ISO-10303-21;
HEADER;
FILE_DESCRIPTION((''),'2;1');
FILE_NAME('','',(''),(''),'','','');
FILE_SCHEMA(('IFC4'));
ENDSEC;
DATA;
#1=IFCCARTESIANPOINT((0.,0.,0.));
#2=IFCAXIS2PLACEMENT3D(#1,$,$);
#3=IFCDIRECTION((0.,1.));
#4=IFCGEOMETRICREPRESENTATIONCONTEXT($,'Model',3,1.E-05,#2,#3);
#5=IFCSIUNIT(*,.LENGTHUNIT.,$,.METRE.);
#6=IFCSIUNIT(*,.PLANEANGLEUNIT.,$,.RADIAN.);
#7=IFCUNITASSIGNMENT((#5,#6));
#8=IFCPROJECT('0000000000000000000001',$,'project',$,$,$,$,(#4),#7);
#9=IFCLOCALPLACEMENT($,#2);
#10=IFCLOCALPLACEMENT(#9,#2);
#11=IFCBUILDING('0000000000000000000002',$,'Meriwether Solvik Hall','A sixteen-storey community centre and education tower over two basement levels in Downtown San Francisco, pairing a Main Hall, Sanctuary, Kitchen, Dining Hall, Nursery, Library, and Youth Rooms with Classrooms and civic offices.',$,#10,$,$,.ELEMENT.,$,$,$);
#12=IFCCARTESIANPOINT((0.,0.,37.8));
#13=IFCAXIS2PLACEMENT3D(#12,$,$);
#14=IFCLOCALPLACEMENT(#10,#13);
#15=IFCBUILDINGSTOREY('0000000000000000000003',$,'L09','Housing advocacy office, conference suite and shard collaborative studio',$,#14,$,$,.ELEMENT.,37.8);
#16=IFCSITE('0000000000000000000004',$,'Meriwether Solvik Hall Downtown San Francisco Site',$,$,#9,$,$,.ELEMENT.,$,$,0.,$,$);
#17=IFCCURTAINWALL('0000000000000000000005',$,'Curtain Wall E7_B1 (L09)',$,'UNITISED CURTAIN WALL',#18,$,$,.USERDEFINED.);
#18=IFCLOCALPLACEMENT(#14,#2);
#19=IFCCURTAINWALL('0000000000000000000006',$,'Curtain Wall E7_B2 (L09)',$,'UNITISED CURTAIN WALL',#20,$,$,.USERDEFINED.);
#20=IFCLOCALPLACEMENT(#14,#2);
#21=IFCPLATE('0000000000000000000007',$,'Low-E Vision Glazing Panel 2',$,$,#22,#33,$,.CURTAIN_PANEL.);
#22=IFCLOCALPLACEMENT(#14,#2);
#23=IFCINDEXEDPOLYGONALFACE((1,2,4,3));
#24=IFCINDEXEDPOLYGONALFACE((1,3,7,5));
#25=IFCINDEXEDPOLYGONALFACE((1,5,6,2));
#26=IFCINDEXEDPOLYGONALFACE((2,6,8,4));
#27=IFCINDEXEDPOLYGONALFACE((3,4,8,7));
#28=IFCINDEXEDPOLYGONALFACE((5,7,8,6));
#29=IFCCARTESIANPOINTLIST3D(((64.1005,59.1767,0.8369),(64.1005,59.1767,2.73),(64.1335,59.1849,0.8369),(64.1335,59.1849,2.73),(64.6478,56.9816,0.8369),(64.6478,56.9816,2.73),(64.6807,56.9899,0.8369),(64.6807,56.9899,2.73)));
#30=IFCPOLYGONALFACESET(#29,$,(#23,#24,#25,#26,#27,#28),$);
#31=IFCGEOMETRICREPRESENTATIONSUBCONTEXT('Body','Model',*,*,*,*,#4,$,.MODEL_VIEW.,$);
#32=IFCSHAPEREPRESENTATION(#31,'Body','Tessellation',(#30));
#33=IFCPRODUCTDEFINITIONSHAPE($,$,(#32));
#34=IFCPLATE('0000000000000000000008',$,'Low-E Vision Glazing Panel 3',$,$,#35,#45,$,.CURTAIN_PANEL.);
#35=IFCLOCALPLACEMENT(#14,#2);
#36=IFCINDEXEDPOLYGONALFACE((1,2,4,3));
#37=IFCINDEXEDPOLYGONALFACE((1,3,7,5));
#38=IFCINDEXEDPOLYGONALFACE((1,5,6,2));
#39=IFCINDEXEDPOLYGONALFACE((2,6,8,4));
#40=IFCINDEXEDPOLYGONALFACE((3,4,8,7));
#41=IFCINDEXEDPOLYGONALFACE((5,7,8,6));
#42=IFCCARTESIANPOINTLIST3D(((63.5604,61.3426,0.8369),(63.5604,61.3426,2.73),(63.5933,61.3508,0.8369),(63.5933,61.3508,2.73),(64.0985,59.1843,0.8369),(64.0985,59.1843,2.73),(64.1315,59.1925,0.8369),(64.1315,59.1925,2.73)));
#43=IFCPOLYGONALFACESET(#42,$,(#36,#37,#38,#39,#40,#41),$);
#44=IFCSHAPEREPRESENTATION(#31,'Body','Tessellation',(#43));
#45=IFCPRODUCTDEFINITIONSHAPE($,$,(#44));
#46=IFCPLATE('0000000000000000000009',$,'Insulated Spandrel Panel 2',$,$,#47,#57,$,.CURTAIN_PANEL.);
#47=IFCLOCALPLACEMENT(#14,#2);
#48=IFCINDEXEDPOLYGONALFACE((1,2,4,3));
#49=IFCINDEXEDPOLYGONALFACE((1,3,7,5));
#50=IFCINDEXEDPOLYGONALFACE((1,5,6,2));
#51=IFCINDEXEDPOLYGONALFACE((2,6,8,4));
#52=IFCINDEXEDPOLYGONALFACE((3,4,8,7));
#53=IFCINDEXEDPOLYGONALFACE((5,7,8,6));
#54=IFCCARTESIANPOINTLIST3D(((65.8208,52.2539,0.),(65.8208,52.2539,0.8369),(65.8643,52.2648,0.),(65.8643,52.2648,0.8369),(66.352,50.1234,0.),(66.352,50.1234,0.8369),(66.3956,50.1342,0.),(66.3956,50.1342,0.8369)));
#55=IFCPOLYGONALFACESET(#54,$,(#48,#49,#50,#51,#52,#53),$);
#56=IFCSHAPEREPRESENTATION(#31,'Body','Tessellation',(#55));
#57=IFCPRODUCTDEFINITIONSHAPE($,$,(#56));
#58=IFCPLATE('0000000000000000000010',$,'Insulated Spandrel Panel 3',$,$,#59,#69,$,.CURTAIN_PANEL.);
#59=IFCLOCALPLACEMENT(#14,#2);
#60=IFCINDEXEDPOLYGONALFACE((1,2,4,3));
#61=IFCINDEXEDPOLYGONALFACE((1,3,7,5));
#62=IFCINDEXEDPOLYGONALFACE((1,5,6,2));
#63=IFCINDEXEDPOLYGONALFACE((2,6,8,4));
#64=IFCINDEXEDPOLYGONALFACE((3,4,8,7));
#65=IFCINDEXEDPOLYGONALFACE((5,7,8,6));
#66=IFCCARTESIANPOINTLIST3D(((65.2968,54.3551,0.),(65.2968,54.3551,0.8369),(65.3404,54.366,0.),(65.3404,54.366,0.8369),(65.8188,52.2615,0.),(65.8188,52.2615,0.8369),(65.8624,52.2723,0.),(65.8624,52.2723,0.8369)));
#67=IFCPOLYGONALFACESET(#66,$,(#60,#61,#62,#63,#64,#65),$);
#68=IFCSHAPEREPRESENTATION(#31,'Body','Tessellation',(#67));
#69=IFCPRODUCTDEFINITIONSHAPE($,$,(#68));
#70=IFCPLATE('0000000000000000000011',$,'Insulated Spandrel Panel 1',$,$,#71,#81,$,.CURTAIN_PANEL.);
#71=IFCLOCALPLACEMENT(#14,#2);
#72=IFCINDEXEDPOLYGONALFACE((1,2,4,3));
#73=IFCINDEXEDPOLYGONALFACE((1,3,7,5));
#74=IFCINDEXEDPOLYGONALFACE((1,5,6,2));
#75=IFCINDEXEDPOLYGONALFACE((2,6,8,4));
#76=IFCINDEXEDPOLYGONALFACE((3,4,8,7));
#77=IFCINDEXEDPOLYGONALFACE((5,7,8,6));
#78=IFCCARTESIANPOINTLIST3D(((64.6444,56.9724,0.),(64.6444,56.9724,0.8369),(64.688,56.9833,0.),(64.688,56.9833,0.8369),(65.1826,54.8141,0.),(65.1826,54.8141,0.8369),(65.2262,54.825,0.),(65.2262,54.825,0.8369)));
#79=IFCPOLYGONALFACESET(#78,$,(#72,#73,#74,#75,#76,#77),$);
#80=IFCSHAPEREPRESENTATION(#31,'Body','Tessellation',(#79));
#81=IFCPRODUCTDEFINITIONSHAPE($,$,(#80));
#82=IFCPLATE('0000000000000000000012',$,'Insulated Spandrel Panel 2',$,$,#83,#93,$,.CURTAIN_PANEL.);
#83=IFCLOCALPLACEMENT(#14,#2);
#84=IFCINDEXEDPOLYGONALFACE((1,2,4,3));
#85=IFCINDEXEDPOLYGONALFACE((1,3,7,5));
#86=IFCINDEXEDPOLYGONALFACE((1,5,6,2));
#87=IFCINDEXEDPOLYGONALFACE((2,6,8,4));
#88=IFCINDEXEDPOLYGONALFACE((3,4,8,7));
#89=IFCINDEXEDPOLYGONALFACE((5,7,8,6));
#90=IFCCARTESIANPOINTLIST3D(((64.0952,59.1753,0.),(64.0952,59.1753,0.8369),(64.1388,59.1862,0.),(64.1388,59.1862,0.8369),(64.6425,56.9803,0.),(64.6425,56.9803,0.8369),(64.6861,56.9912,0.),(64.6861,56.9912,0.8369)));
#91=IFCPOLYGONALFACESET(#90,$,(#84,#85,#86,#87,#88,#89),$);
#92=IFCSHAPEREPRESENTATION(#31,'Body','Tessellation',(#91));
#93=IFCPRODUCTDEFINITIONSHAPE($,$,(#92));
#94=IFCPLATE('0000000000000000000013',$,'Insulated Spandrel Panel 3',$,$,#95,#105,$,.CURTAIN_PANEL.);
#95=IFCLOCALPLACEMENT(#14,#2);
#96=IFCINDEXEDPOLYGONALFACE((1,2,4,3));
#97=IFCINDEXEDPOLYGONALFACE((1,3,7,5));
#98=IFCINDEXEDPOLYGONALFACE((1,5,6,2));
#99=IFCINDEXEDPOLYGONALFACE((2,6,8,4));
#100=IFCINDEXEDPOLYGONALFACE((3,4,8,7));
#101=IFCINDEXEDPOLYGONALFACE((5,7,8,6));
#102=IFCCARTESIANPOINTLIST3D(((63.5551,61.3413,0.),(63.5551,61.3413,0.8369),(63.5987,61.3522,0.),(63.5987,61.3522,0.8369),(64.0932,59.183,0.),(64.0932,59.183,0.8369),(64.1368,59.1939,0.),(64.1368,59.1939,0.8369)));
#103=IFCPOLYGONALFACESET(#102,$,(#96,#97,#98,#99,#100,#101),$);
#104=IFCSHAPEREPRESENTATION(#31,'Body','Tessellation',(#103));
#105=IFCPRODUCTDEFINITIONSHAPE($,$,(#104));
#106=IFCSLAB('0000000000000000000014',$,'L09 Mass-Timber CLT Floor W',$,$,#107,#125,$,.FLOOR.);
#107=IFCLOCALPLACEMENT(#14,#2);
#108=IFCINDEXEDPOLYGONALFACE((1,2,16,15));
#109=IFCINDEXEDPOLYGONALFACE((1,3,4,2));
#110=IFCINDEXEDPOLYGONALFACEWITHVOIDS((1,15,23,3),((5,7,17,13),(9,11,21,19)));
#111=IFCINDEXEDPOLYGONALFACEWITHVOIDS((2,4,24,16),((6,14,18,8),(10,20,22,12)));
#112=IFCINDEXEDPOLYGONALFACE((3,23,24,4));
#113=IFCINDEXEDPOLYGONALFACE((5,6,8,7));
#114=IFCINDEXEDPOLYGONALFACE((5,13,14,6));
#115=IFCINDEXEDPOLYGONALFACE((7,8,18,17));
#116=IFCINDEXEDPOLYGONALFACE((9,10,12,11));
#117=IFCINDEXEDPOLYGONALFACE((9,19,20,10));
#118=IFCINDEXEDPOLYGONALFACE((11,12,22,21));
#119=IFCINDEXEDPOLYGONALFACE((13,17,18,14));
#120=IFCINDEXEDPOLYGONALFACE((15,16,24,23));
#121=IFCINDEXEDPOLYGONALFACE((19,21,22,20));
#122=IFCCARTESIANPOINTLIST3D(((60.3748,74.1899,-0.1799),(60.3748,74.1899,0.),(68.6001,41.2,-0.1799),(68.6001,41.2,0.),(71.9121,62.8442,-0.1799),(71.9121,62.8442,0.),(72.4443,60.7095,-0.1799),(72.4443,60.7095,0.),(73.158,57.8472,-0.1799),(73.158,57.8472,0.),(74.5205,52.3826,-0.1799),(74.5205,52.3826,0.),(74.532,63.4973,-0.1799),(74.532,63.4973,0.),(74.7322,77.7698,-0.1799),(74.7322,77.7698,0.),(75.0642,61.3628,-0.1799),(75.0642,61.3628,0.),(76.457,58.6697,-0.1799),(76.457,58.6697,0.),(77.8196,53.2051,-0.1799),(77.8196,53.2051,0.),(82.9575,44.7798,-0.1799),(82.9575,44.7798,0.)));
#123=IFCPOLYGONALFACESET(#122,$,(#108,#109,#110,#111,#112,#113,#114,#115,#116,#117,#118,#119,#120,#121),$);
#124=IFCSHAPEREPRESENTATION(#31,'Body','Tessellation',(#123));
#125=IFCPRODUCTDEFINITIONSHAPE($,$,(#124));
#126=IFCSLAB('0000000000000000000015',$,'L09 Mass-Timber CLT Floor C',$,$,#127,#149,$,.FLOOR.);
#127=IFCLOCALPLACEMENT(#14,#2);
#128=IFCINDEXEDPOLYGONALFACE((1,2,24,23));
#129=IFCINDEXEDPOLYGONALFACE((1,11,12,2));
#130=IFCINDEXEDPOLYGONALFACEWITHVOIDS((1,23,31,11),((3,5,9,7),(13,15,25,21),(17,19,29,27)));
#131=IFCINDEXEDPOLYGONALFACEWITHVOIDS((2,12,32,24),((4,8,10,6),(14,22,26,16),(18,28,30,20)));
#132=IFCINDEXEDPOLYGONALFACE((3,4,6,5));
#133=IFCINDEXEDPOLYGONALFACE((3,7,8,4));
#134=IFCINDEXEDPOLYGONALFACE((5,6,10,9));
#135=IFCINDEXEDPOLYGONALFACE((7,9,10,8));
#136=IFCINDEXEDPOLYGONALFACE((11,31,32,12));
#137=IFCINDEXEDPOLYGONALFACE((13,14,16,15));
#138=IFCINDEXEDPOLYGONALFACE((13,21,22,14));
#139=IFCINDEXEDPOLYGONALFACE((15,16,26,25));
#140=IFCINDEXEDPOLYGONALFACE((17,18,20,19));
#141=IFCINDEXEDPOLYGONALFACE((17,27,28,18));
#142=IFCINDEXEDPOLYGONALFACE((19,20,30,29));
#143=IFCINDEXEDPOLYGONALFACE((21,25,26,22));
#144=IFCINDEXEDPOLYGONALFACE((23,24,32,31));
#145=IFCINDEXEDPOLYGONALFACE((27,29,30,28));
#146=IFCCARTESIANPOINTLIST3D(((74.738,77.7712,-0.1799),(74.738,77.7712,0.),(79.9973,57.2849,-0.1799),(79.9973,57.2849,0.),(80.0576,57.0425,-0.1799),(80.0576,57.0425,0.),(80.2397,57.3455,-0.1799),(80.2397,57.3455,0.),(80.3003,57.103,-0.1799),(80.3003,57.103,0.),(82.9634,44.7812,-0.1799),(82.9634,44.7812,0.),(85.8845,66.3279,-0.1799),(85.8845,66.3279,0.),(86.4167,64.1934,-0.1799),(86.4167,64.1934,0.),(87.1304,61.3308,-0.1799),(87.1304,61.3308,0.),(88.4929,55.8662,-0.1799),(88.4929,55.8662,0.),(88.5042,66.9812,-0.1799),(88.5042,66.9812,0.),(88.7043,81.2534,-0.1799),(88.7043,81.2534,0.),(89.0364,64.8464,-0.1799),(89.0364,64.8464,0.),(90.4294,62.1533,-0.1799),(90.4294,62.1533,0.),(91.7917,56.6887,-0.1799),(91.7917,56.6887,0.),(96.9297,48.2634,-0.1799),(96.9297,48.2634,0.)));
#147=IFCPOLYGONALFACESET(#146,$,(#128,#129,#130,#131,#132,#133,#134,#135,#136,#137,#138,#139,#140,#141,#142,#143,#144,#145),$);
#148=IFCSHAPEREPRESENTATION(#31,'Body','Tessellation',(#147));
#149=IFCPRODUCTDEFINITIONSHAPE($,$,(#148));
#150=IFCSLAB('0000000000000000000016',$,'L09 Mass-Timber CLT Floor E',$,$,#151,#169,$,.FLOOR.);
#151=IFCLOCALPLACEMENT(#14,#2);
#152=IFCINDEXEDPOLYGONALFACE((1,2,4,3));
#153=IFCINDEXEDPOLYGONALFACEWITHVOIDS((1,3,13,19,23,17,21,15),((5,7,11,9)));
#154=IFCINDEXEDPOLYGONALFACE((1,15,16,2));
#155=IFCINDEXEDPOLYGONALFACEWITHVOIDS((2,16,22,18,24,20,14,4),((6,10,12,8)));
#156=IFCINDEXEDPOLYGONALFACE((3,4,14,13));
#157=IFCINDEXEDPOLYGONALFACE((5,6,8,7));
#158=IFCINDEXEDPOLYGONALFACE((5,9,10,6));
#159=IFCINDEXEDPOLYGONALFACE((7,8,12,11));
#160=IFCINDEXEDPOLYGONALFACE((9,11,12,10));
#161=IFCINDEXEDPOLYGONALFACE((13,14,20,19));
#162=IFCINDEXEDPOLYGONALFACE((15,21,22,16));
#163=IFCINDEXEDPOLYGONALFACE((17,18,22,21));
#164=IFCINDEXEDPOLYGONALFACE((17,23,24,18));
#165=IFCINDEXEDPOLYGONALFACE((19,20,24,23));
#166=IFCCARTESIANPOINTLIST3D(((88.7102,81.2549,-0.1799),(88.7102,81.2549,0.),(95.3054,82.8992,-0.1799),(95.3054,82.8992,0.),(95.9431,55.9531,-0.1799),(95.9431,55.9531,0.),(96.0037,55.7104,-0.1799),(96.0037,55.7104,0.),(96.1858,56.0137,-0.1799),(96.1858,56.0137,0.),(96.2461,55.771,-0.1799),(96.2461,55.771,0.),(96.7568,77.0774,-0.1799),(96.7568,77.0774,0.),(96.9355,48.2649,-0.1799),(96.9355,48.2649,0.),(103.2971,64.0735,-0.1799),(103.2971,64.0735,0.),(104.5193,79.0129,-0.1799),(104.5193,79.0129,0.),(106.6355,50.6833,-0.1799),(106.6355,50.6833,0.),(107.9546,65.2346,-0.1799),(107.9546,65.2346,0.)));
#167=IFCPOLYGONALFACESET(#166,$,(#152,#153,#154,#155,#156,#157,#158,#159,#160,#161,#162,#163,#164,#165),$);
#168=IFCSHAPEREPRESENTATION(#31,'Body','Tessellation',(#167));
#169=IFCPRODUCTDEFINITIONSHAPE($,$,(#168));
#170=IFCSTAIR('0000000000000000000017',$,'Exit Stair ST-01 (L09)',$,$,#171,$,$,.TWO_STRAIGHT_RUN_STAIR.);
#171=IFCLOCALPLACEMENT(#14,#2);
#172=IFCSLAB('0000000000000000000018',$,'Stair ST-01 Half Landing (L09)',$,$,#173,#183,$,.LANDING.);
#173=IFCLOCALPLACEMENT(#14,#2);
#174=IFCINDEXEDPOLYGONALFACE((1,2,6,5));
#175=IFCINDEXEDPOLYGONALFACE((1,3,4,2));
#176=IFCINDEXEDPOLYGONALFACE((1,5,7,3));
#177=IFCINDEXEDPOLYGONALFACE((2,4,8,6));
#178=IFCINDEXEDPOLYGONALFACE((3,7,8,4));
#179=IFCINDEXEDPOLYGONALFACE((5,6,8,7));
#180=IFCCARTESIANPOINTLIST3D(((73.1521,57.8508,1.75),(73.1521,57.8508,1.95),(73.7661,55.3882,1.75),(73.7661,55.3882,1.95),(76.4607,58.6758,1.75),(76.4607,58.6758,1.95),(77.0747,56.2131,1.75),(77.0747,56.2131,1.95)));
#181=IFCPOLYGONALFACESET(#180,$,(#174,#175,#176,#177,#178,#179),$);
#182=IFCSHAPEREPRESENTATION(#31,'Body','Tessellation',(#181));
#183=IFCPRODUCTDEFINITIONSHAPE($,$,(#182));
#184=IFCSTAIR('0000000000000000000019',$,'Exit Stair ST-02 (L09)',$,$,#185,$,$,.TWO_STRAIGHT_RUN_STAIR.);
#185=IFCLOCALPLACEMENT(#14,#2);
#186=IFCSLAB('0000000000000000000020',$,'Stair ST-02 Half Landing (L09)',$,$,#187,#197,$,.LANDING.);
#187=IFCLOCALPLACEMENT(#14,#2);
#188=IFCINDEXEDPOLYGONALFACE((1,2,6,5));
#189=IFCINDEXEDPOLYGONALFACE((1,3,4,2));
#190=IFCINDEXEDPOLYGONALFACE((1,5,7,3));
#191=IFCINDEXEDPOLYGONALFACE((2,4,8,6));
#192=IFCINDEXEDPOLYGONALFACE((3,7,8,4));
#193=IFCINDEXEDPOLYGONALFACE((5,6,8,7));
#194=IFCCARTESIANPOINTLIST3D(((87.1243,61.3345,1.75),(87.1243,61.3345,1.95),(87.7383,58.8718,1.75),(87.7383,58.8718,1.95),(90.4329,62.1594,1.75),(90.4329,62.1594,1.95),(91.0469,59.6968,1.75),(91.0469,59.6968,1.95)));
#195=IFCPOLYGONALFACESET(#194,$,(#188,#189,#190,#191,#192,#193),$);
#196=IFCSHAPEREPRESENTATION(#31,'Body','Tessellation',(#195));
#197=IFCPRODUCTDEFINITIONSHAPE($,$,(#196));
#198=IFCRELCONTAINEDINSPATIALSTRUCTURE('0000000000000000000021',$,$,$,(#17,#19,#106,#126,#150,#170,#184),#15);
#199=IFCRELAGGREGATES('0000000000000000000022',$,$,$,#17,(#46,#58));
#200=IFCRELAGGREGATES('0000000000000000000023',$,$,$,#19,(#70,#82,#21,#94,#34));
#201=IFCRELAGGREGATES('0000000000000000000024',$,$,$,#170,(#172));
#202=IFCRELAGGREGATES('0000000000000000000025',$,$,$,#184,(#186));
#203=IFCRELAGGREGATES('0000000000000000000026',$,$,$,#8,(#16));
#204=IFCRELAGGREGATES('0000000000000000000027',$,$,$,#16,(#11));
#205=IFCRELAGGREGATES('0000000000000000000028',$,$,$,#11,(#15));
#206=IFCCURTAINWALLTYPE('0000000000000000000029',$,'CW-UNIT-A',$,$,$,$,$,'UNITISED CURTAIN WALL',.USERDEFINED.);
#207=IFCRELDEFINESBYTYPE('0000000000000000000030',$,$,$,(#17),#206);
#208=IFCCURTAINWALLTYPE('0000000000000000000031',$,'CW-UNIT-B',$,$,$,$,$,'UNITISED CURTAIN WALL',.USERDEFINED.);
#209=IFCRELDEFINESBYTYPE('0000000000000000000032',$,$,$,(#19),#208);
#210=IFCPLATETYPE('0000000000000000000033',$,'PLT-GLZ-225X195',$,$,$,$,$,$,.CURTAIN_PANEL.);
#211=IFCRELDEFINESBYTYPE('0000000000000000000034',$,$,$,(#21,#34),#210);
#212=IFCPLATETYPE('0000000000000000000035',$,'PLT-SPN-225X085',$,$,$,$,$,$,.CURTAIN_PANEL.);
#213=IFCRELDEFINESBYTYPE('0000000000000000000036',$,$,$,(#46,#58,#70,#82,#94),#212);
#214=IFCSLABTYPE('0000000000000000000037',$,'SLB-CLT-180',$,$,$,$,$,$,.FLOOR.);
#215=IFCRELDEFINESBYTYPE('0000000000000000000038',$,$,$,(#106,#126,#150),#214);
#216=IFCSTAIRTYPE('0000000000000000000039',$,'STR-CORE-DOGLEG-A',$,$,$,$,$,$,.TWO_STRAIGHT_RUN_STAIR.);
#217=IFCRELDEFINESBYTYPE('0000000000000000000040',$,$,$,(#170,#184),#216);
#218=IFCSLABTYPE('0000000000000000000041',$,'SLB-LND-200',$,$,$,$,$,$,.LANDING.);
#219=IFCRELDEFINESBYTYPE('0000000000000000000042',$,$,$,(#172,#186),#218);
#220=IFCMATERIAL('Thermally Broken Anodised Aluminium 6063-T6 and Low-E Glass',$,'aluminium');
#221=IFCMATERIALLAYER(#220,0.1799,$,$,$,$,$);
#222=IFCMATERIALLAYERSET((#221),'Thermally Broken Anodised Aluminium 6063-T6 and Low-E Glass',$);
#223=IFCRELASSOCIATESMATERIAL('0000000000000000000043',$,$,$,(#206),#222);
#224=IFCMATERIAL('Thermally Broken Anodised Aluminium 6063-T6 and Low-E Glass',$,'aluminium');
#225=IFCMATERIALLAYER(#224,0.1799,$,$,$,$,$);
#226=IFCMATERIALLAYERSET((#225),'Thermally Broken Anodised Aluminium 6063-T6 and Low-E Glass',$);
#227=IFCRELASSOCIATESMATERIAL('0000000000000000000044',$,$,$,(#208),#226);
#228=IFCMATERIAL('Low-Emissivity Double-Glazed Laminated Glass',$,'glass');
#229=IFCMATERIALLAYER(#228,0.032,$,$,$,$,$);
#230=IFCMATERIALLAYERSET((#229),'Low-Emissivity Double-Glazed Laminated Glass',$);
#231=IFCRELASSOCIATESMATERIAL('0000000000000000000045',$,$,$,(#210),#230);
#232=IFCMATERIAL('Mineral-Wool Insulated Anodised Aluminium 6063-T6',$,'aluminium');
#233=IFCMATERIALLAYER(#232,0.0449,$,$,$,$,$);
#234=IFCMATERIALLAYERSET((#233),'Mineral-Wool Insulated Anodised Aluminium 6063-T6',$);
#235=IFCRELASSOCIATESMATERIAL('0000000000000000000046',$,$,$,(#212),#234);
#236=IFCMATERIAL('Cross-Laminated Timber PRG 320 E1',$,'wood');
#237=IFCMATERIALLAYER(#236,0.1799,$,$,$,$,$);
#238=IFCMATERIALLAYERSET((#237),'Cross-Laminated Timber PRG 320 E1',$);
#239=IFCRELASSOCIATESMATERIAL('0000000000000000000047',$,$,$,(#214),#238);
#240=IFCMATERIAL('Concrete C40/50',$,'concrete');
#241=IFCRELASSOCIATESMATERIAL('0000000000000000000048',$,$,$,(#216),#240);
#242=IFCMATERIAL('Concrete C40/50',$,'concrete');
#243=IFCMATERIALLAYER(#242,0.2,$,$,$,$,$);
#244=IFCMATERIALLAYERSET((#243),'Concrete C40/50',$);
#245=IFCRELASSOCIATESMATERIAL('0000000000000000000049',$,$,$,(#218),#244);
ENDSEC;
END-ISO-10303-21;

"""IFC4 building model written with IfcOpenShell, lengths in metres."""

from ifc_helpers import new_model, si_unit, direction, frame, origin, origin_2d, place, context, subcontext, project, spatial, polyline, rectangle, outline, extrude, material, layer, layer_set, type_object, element, aggregate, save


model = new_model("IFC4")

# Units and contexts
model_context = context("Model", 3, precision=1e-05, world=origin(), true_north=direction((0.0, 1.0)))
body_context = subcontext(model_context, "Body", "Model", "MODEL_VIEW")
ifc_project = project(units=[si_unit("LENGTHUNIT", "METRE"), si_unit("PLANEANGLEUNIT", "RADIAN")], contexts=[model_context])

# Site, building, storey
site_placement = place(None, origin())
site = spatial("IfcSite", under=ifc_project, at=site_placement, Name="Meriwether Solvik Hall Downtown San Francisco Site", CompositionType="ELEMENT", RefElevation=0.0)
building_placement = place(site_placement, origin())
building = spatial("IfcBuilding", under=site, at=building_placement, Name="Meriwether Solvik Hall", Description="A sixteen-storey community centre and education tower over two basement levels in Downtown San Francisco, pairing a Main Hall, Sanctuary, Kitchen, Dining Hall, Nursery, Library, and Youth Rooms with Classrooms and civic offices.", CompositionType="ELEMENT")
storey_placement = place(building_placement, frame((0.0, 0.0, 37.8)))
storey = spatial("IfcBuildingStorey", under=building, at=storey_placement, Name="L09", Description="Housing advocacy office, conference suite and shard collaborative studio", CompositionType="ELEMENT", Elevation=37.8)

# Curtain walls
ifc_material_1 = material(Name="Thermally Broken Anodised Aluminium 6063-T6 and Low-E Glass", Category="aluminium")
ifc_layer_1 = layer(ifc_material_1, 0.1799)
ifc_layer_set_1 = layer_set([ifc_layer_1], Name="Thermally Broken Anodised Aluminium 6063-T6 and Low-E Glass")
curtain_wall_type_1 = type_object("IfcCurtainWallType", Name="CW-UNIT-A", ElementType="UNITISED CURTAIN WALL", PredefinedType="USERDEFINED", material=ifc_layer_set_1)
curtain_wall_1_placement = place(storey_placement, origin())
curtain_wall_1 = element("IfcCurtainWall", 1, at=curtain_wall_1_placement, inside=storey, type_object=curtain_wall_type_1, Name="Curtain Wall E7_B1 (L09)", ObjectType="UNITISED CURTAIN WALL", PredefinedType="USERDEFINED")
ifc_material_2 = material(Name="Thermally Broken Anodised Aluminium 6063-T6 and Low-E Glass", Category="aluminium")
ifc_layer_2 = layer(ifc_material_2, 0.1799)
ifc_layer_set_2 = layer_set([ifc_layer_2], Name="Thermally Broken Anodised Aluminium 6063-T6 and Low-E Glass")
curtain_wall_type_2 = type_object("IfcCurtainWallType", Name="CW-UNIT-B", ElementType="UNITISED CURTAIN WALL", PredefinedType="USERDEFINED", material=ifc_layer_set_2)
curtain_wall_2_placement = place(storey_placement, origin())
curtain_wall_2 = element("IfcCurtainWall", 2, at=curtain_wall_2_placement, inside=storey, type_object=curtain_wall_type_2, Name="Curtain Wall E7_B2 (L09)", ObjectType="UNITISED CURTAIN WALL", PredefinedType="USERDEFINED")

# Plates
ifc_material_3 = material(Name="Low-Emissivity Double-Glazed Laminated Glass", Category="glass")
ifc_layer_3 = layer(ifc_material_3, 0.032)
ifc_layer_set_3 = layer_set([ifc_layer_3], Name="Low-Emissivity Double-Glazed Laminated Glass")
plate_type_1 = type_object("IfcPlateType", Name="PLT-GLZ-225X195", PredefinedType="CURTAIN_PANEL", material=ifc_layer_set_3)
plate_1_placement = place(storey_placement, frame((64.3906, 58.0833, 0.8369), z_axis=(0.0, 0.0, 1.0), x_axis=(-0.241922, 0.970296, 0.0)))
plate_1 = element("IfcPlate", 3, at=plate_1_placement, type_object=plate_type_1, Name="Low-E Vision Glazing Panel 2", PredefinedType="CURTAIN_PANEL", context=body_context, shape_type="SweptSolid", body=[
    extrude(rectangle(XDim=2.2622, YDim=0.0339, at=origin_2d()), origin(), (0.0, 0.0, 1.0), 1.8931),
])
plate_2_placement = place(storey_placement, frame((63.8459, 60.2676, 0.8369), z_axis=(0.0, 0.0, 1.0), x_axis=(-0.241922, 0.970296, 0.0)))
plate_2 = element("IfcPlate", 4, at=plate_2_placement, type_object=plate_type_1, Name="Low-E Vision Glazing Panel 3", PredefinedType="CURTAIN_PANEL", context=body_context, shape_type="SweptSolid", body=[
    extrude(rectangle(XDim=2.2244, YDim=0.0339, at=origin_2d()), origin(), (0.0, 0.0, 1.0), 1.8931),
])
ifc_material_4 = material(Name="Mineral-Wool Insulated Anodised Aluminium 6063-T6", Category="aluminium")
ifc_layer_4 = layer(ifc_material_4, 0.0449)
ifc_layer_set_4 = layer_set([ifc_layer_4], Name="Mineral-Wool Insulated Anodised Aluminium 6063-T6")
plate_type_2 = type_object("IfcPlateType", Name="PLT-SPN-225X085", PredefinedType="CURTAIN_PANEL", material=ifc_layer_set_4)
plate_3_placement = place(storey_placement, frame((66.1082, 51.1941, 0.0), z_axis=(0.0, 0.0, 1.0), x_axis=(-0.241922, 0.970296, 0.0)))
plate_3 = element("IfcPlate", 5, at=plate_3_placement, type_object=plate_type_2, Name="Insulated Spandrel Panel 2", PredefinedType="CURTAIN_PANEL", context=body_context, shape_type="SweptSolid", body=[
    extrude(rectangle(XDim=2.1958, YDim=0.0449, at=origin_2d()), origin(), (0.0, 0.0, 1.0), 0.8369),
])
plate_4_placement = place(storey_placement, frame((65.5796, 53.3137, 0.0), z_axis=(0.0, 0.0, 1.0), x_axis=(-0.241922, 0.970296, 0.0)))
plate_4 = element("IfcPlate", 6, at=plate_4_placement, type_object=plate_type_2, Name="Insulated Spandrel Panel 3", PredefinedType="CURTAIN_PANEL", context=body_context, shape_type="SweptSolid", body=[
    extrude(rectangle(XDim=2.1577, YDim=0.0449, at=origin_2d()), origin(), (0.0, 0.0, 1.0), 0.8369),
])
aggregate(curtain_wall_1, [plate_3, plate_4])
plate_5_placement = place(storey_placement, frame((64.9353, 55.8987, 0.0), z_axis=(0.0, 0.0, 1.0), x_axis=(-0.241922, 0.970296, 0.0)))
plate_5 = element("IfcPlate", 7, at=plate_5_placement, type_object=plate_type_2, Name="Insulated Spandrel Panel 1", PredefinedType="CURTAIN_PANEL", context=body_context, shape_type="SweptSolid", body=[
    extrude(rectangle(XDim=2.2244, YDim=0.0449, at=origin_2d()), origin(), (0.0, 0.0, 1.0), 0.8369),
])
plate_6_placement = place(storey_placement, frame((64.3906, 58.0833, 0.0), z_axis=(0.0, 0.0, 1.0), x_axis=(-0.241922, 0.970296, 0.0)))
plate_6 = element("IfcPlate", 8, at=plate_6_placement, type_object=plate_type_2, Name="Insulated Spandrel Panel 2", PredefinedType="CURTAIN_PANEL", context=body_context, shape_type="SweptSolid", body=[
    extrude(rectangle(XDim=2.2622, YDim=0.0449, at=origin_2d()), origin(), (0.0, 0.0, 1.0), 0.8369),
])
plate_7_placement = place(storey_placement, frame((63.8459, 60.2676, 0.0), z_axis=(0.0, 0.0, 1.0), x_axis=(-0.241922, 0.970296, 0.0)))
plate_7 = element("IfcPlate", 9, at=plate_7_placement, type_object=plate_type_2, Name="Insulated Spandrel Panel 3", PredefinedType="CURTAIN_PANEL", context=body_context, shape_type="SweptSolid", body=[
    extrude(rectangle(XDim=2.2244, YDim=0.0449, at=origin_2d()), origin(), (0.0, 0.0, 1.0), 0.8369),
])
aggregate(curtain_wall_2, [plate_5, plate_6, plate_1, plate_7, plate_2])

# Slabs
ifc_material_5 = material(Name="Cross-Laminated Timber PRG 320 E1", Category="wood")
ifc_layer_5 = layer(ifc_material_5, 0.1799)
ifc_layer_set_5 = layer_set([ifc_layer_5], Name="Cross-Laminated Timber PRG 320 E1")
slab_type_1 = type_object("IfcSlabType", Name="SLB-CLT-180", PredefinedType="FLOOR", material=ifc_layer_set_5)
slab_1_placement = place(storey_placement, frame((0.0, 0.0, -0.1799)))
element("IfcSlab", 10, at=slab_1_placement, inside=storey, type_object=slab_type_1, Name="L09 Mass-Timber CLT Floor W", PredefinedType="FLOOR", context=body_context, shape_type="SweptSolid", body=[
    extrude(outline(polyline([(74.7322, 77.7698), (82.9575, 44.7798), (68.6001, 41.2), (60.3748, 74.1899), (74.7322, 77.7698)]), holes=[polyline([(74.5205, 52.3826), (77.8196, 53.2051), (76.457, 58.6697), (73.158, 57.8472), (74.5205, 52.3826)]), polyline([(71.9121, 62.8442), (72.4443, 60.7095), (75.0642, 61.3628), (74.532, 63.4973), (71.9121, 62.8442)])]), origin(), (0.0, 0.0, 1.0), 0.1799),
])
slab_2_placement = place(storey_placement, frame((0.0, 0.0, -0.1799)))
element("IfcSlab", 11, at=slab_2_placement, inside=storey, type_object=slab_type_1, Name="L09 Mass-Timber CLT Floor C", PredefinedType="FLOOR", context=body_context, shape_type="SweptSolid", body=[
    extrude(outline(polyline([(88.7043, 81.2534), (96.9297, 48.2634), (82.9634, 44.7812), (74.738, 77.7712), (88.7043, 81.2534)]), holes=[polyline([(79.9973, 57.2849), (80.0576, 57.0425), (80.3003, 57.103), (80.2397, 57.3455), (79.9973, 57.2849)]), polyline([(88.4929, 55.8662), (91.7917, 56.6887), (90.4294, 62.1533), (87.1304, 61.3308), (88.4929, 55.8662)]), polyline([(85.8845, 66.3279), (86.4167, 64.1934), (89.0364, 64.8464), (88.5042, 66.9812), (85.8845, 66.3279)])]), origin(), (0.0, 0.0, 1.0), 0.1799),
])
slab_3_placement = place(storey_placement, frame((0.0, 0.0, -0.1799)))
element("IfcSlab", 12, at=slab_3_placement, inside=storey, type_object=slab_type_1, Name="L09 Mass-Timber CLT Floor E", PredefinedType="FLOOR", context=body_context, shape_type="SweptSolid", body=[
    extrude(outline(polyline([(95.3054, 82.8992), (96.7568, 77.0774), (104.5193, 79.0129), (107.9546, 65.2346), (103.2971, 64.0735), (106.6355, 50.6833), (96.9355, 48.2649), (88.7102, 81.2549), (95.3054, 82.8992)]), holes=[polyline([(95.9431, 55.9531), (96.0037, 55.7104), (96.2461, 55.771), (96.1858, 56.0137), (95.9431, 55.9531)])]), origin(), (0.0, 0.0, 1.0), 0.1799),
])

# Stairs, slabs
ifc_material_6 = material(Name="Concrete C40/50", Category="concrete")
stair_type = type_object("IfcStairType", Name="STR-CORE-DOGLEG-A", PredefinedType="TWO_STRAIGHT_RUN_STAIR", material=ifc_material_6)
stair_1_placement = place(storey_placement, origin())
stair_1 = element("IfcStair", 13, at=stair_1_placement, inside=storey, type_object=stair_type, Name="Exit Stair ST-01 (L09)", PredefinedType="TWO_STRAIGHT_RUN_STAIR")
ifc_material_7 = material(Name="Concrete C40/50", Category="concrete")
ifc_layer_6 = layer(ifc_material_7, 0.2)
ifc_layer_set_6 = layer_set([ifc_layer_6], Name="Concrete C40/50")
slab_type_2 = type_object("IfcSlabType", Name="SLB-LND-200", PredefinedType="LANDING", material=ifc_layer_set_6)
slab_4_placement = place(storey_placement, frame((0.0, 0.0, 1.75)))
slab_4 = element("IfcSlab", 14, at=slab_4_placement, type_object=slab_type_2, Name="Stair ST-01 Half Landing (L09)", PredefinedType="LANDING", context=body_context, shape_type="SweptSolid", body=[
    extrude(outline(polyline([(73.7661, 55.3882), (77.0747, 56.2131), (76.4607, 58.6758), (73.1521, 57.8508), (73.7661, 55.3882)])), origin(), (0.0, 0.0, 1.0), 0.2),
])
aggregate(stair_1, [slab_4])
stair_2_placement = place(storey_placement, origin())
stair_2 = element("IfcStair", 15, at=stair_2_placement, inside=storey, type_object=stair_type, Name="Exit Stair ST-02 (L09)", PredefinedType="TWO_STRAIGHT_RUN_STAIR")
slab_5_placement = place(storey_placement, frame((0.0, 0.0, 1.75)))
slab_5 = element("IfcSlab", 16, at=slab_5_placement, type_object=slab_type_2, Name="Stair ST-02 Half Landing (L09)", PredefinedType="LANDING", context=body_context, shape_type="SweptSolid", body=[
    extrude(outline(polyline([(87.7383, 58.8718), (91.0469, 59.6968), (90.4329, 62.1594), (87.1243, 61.3345), (87.7383, 58.8718)])), origin(), (0.0, 0.0, 1.0), 0.2),
])
aggregate(stair_2, [slab_5])

save(model, "model.ifc")
